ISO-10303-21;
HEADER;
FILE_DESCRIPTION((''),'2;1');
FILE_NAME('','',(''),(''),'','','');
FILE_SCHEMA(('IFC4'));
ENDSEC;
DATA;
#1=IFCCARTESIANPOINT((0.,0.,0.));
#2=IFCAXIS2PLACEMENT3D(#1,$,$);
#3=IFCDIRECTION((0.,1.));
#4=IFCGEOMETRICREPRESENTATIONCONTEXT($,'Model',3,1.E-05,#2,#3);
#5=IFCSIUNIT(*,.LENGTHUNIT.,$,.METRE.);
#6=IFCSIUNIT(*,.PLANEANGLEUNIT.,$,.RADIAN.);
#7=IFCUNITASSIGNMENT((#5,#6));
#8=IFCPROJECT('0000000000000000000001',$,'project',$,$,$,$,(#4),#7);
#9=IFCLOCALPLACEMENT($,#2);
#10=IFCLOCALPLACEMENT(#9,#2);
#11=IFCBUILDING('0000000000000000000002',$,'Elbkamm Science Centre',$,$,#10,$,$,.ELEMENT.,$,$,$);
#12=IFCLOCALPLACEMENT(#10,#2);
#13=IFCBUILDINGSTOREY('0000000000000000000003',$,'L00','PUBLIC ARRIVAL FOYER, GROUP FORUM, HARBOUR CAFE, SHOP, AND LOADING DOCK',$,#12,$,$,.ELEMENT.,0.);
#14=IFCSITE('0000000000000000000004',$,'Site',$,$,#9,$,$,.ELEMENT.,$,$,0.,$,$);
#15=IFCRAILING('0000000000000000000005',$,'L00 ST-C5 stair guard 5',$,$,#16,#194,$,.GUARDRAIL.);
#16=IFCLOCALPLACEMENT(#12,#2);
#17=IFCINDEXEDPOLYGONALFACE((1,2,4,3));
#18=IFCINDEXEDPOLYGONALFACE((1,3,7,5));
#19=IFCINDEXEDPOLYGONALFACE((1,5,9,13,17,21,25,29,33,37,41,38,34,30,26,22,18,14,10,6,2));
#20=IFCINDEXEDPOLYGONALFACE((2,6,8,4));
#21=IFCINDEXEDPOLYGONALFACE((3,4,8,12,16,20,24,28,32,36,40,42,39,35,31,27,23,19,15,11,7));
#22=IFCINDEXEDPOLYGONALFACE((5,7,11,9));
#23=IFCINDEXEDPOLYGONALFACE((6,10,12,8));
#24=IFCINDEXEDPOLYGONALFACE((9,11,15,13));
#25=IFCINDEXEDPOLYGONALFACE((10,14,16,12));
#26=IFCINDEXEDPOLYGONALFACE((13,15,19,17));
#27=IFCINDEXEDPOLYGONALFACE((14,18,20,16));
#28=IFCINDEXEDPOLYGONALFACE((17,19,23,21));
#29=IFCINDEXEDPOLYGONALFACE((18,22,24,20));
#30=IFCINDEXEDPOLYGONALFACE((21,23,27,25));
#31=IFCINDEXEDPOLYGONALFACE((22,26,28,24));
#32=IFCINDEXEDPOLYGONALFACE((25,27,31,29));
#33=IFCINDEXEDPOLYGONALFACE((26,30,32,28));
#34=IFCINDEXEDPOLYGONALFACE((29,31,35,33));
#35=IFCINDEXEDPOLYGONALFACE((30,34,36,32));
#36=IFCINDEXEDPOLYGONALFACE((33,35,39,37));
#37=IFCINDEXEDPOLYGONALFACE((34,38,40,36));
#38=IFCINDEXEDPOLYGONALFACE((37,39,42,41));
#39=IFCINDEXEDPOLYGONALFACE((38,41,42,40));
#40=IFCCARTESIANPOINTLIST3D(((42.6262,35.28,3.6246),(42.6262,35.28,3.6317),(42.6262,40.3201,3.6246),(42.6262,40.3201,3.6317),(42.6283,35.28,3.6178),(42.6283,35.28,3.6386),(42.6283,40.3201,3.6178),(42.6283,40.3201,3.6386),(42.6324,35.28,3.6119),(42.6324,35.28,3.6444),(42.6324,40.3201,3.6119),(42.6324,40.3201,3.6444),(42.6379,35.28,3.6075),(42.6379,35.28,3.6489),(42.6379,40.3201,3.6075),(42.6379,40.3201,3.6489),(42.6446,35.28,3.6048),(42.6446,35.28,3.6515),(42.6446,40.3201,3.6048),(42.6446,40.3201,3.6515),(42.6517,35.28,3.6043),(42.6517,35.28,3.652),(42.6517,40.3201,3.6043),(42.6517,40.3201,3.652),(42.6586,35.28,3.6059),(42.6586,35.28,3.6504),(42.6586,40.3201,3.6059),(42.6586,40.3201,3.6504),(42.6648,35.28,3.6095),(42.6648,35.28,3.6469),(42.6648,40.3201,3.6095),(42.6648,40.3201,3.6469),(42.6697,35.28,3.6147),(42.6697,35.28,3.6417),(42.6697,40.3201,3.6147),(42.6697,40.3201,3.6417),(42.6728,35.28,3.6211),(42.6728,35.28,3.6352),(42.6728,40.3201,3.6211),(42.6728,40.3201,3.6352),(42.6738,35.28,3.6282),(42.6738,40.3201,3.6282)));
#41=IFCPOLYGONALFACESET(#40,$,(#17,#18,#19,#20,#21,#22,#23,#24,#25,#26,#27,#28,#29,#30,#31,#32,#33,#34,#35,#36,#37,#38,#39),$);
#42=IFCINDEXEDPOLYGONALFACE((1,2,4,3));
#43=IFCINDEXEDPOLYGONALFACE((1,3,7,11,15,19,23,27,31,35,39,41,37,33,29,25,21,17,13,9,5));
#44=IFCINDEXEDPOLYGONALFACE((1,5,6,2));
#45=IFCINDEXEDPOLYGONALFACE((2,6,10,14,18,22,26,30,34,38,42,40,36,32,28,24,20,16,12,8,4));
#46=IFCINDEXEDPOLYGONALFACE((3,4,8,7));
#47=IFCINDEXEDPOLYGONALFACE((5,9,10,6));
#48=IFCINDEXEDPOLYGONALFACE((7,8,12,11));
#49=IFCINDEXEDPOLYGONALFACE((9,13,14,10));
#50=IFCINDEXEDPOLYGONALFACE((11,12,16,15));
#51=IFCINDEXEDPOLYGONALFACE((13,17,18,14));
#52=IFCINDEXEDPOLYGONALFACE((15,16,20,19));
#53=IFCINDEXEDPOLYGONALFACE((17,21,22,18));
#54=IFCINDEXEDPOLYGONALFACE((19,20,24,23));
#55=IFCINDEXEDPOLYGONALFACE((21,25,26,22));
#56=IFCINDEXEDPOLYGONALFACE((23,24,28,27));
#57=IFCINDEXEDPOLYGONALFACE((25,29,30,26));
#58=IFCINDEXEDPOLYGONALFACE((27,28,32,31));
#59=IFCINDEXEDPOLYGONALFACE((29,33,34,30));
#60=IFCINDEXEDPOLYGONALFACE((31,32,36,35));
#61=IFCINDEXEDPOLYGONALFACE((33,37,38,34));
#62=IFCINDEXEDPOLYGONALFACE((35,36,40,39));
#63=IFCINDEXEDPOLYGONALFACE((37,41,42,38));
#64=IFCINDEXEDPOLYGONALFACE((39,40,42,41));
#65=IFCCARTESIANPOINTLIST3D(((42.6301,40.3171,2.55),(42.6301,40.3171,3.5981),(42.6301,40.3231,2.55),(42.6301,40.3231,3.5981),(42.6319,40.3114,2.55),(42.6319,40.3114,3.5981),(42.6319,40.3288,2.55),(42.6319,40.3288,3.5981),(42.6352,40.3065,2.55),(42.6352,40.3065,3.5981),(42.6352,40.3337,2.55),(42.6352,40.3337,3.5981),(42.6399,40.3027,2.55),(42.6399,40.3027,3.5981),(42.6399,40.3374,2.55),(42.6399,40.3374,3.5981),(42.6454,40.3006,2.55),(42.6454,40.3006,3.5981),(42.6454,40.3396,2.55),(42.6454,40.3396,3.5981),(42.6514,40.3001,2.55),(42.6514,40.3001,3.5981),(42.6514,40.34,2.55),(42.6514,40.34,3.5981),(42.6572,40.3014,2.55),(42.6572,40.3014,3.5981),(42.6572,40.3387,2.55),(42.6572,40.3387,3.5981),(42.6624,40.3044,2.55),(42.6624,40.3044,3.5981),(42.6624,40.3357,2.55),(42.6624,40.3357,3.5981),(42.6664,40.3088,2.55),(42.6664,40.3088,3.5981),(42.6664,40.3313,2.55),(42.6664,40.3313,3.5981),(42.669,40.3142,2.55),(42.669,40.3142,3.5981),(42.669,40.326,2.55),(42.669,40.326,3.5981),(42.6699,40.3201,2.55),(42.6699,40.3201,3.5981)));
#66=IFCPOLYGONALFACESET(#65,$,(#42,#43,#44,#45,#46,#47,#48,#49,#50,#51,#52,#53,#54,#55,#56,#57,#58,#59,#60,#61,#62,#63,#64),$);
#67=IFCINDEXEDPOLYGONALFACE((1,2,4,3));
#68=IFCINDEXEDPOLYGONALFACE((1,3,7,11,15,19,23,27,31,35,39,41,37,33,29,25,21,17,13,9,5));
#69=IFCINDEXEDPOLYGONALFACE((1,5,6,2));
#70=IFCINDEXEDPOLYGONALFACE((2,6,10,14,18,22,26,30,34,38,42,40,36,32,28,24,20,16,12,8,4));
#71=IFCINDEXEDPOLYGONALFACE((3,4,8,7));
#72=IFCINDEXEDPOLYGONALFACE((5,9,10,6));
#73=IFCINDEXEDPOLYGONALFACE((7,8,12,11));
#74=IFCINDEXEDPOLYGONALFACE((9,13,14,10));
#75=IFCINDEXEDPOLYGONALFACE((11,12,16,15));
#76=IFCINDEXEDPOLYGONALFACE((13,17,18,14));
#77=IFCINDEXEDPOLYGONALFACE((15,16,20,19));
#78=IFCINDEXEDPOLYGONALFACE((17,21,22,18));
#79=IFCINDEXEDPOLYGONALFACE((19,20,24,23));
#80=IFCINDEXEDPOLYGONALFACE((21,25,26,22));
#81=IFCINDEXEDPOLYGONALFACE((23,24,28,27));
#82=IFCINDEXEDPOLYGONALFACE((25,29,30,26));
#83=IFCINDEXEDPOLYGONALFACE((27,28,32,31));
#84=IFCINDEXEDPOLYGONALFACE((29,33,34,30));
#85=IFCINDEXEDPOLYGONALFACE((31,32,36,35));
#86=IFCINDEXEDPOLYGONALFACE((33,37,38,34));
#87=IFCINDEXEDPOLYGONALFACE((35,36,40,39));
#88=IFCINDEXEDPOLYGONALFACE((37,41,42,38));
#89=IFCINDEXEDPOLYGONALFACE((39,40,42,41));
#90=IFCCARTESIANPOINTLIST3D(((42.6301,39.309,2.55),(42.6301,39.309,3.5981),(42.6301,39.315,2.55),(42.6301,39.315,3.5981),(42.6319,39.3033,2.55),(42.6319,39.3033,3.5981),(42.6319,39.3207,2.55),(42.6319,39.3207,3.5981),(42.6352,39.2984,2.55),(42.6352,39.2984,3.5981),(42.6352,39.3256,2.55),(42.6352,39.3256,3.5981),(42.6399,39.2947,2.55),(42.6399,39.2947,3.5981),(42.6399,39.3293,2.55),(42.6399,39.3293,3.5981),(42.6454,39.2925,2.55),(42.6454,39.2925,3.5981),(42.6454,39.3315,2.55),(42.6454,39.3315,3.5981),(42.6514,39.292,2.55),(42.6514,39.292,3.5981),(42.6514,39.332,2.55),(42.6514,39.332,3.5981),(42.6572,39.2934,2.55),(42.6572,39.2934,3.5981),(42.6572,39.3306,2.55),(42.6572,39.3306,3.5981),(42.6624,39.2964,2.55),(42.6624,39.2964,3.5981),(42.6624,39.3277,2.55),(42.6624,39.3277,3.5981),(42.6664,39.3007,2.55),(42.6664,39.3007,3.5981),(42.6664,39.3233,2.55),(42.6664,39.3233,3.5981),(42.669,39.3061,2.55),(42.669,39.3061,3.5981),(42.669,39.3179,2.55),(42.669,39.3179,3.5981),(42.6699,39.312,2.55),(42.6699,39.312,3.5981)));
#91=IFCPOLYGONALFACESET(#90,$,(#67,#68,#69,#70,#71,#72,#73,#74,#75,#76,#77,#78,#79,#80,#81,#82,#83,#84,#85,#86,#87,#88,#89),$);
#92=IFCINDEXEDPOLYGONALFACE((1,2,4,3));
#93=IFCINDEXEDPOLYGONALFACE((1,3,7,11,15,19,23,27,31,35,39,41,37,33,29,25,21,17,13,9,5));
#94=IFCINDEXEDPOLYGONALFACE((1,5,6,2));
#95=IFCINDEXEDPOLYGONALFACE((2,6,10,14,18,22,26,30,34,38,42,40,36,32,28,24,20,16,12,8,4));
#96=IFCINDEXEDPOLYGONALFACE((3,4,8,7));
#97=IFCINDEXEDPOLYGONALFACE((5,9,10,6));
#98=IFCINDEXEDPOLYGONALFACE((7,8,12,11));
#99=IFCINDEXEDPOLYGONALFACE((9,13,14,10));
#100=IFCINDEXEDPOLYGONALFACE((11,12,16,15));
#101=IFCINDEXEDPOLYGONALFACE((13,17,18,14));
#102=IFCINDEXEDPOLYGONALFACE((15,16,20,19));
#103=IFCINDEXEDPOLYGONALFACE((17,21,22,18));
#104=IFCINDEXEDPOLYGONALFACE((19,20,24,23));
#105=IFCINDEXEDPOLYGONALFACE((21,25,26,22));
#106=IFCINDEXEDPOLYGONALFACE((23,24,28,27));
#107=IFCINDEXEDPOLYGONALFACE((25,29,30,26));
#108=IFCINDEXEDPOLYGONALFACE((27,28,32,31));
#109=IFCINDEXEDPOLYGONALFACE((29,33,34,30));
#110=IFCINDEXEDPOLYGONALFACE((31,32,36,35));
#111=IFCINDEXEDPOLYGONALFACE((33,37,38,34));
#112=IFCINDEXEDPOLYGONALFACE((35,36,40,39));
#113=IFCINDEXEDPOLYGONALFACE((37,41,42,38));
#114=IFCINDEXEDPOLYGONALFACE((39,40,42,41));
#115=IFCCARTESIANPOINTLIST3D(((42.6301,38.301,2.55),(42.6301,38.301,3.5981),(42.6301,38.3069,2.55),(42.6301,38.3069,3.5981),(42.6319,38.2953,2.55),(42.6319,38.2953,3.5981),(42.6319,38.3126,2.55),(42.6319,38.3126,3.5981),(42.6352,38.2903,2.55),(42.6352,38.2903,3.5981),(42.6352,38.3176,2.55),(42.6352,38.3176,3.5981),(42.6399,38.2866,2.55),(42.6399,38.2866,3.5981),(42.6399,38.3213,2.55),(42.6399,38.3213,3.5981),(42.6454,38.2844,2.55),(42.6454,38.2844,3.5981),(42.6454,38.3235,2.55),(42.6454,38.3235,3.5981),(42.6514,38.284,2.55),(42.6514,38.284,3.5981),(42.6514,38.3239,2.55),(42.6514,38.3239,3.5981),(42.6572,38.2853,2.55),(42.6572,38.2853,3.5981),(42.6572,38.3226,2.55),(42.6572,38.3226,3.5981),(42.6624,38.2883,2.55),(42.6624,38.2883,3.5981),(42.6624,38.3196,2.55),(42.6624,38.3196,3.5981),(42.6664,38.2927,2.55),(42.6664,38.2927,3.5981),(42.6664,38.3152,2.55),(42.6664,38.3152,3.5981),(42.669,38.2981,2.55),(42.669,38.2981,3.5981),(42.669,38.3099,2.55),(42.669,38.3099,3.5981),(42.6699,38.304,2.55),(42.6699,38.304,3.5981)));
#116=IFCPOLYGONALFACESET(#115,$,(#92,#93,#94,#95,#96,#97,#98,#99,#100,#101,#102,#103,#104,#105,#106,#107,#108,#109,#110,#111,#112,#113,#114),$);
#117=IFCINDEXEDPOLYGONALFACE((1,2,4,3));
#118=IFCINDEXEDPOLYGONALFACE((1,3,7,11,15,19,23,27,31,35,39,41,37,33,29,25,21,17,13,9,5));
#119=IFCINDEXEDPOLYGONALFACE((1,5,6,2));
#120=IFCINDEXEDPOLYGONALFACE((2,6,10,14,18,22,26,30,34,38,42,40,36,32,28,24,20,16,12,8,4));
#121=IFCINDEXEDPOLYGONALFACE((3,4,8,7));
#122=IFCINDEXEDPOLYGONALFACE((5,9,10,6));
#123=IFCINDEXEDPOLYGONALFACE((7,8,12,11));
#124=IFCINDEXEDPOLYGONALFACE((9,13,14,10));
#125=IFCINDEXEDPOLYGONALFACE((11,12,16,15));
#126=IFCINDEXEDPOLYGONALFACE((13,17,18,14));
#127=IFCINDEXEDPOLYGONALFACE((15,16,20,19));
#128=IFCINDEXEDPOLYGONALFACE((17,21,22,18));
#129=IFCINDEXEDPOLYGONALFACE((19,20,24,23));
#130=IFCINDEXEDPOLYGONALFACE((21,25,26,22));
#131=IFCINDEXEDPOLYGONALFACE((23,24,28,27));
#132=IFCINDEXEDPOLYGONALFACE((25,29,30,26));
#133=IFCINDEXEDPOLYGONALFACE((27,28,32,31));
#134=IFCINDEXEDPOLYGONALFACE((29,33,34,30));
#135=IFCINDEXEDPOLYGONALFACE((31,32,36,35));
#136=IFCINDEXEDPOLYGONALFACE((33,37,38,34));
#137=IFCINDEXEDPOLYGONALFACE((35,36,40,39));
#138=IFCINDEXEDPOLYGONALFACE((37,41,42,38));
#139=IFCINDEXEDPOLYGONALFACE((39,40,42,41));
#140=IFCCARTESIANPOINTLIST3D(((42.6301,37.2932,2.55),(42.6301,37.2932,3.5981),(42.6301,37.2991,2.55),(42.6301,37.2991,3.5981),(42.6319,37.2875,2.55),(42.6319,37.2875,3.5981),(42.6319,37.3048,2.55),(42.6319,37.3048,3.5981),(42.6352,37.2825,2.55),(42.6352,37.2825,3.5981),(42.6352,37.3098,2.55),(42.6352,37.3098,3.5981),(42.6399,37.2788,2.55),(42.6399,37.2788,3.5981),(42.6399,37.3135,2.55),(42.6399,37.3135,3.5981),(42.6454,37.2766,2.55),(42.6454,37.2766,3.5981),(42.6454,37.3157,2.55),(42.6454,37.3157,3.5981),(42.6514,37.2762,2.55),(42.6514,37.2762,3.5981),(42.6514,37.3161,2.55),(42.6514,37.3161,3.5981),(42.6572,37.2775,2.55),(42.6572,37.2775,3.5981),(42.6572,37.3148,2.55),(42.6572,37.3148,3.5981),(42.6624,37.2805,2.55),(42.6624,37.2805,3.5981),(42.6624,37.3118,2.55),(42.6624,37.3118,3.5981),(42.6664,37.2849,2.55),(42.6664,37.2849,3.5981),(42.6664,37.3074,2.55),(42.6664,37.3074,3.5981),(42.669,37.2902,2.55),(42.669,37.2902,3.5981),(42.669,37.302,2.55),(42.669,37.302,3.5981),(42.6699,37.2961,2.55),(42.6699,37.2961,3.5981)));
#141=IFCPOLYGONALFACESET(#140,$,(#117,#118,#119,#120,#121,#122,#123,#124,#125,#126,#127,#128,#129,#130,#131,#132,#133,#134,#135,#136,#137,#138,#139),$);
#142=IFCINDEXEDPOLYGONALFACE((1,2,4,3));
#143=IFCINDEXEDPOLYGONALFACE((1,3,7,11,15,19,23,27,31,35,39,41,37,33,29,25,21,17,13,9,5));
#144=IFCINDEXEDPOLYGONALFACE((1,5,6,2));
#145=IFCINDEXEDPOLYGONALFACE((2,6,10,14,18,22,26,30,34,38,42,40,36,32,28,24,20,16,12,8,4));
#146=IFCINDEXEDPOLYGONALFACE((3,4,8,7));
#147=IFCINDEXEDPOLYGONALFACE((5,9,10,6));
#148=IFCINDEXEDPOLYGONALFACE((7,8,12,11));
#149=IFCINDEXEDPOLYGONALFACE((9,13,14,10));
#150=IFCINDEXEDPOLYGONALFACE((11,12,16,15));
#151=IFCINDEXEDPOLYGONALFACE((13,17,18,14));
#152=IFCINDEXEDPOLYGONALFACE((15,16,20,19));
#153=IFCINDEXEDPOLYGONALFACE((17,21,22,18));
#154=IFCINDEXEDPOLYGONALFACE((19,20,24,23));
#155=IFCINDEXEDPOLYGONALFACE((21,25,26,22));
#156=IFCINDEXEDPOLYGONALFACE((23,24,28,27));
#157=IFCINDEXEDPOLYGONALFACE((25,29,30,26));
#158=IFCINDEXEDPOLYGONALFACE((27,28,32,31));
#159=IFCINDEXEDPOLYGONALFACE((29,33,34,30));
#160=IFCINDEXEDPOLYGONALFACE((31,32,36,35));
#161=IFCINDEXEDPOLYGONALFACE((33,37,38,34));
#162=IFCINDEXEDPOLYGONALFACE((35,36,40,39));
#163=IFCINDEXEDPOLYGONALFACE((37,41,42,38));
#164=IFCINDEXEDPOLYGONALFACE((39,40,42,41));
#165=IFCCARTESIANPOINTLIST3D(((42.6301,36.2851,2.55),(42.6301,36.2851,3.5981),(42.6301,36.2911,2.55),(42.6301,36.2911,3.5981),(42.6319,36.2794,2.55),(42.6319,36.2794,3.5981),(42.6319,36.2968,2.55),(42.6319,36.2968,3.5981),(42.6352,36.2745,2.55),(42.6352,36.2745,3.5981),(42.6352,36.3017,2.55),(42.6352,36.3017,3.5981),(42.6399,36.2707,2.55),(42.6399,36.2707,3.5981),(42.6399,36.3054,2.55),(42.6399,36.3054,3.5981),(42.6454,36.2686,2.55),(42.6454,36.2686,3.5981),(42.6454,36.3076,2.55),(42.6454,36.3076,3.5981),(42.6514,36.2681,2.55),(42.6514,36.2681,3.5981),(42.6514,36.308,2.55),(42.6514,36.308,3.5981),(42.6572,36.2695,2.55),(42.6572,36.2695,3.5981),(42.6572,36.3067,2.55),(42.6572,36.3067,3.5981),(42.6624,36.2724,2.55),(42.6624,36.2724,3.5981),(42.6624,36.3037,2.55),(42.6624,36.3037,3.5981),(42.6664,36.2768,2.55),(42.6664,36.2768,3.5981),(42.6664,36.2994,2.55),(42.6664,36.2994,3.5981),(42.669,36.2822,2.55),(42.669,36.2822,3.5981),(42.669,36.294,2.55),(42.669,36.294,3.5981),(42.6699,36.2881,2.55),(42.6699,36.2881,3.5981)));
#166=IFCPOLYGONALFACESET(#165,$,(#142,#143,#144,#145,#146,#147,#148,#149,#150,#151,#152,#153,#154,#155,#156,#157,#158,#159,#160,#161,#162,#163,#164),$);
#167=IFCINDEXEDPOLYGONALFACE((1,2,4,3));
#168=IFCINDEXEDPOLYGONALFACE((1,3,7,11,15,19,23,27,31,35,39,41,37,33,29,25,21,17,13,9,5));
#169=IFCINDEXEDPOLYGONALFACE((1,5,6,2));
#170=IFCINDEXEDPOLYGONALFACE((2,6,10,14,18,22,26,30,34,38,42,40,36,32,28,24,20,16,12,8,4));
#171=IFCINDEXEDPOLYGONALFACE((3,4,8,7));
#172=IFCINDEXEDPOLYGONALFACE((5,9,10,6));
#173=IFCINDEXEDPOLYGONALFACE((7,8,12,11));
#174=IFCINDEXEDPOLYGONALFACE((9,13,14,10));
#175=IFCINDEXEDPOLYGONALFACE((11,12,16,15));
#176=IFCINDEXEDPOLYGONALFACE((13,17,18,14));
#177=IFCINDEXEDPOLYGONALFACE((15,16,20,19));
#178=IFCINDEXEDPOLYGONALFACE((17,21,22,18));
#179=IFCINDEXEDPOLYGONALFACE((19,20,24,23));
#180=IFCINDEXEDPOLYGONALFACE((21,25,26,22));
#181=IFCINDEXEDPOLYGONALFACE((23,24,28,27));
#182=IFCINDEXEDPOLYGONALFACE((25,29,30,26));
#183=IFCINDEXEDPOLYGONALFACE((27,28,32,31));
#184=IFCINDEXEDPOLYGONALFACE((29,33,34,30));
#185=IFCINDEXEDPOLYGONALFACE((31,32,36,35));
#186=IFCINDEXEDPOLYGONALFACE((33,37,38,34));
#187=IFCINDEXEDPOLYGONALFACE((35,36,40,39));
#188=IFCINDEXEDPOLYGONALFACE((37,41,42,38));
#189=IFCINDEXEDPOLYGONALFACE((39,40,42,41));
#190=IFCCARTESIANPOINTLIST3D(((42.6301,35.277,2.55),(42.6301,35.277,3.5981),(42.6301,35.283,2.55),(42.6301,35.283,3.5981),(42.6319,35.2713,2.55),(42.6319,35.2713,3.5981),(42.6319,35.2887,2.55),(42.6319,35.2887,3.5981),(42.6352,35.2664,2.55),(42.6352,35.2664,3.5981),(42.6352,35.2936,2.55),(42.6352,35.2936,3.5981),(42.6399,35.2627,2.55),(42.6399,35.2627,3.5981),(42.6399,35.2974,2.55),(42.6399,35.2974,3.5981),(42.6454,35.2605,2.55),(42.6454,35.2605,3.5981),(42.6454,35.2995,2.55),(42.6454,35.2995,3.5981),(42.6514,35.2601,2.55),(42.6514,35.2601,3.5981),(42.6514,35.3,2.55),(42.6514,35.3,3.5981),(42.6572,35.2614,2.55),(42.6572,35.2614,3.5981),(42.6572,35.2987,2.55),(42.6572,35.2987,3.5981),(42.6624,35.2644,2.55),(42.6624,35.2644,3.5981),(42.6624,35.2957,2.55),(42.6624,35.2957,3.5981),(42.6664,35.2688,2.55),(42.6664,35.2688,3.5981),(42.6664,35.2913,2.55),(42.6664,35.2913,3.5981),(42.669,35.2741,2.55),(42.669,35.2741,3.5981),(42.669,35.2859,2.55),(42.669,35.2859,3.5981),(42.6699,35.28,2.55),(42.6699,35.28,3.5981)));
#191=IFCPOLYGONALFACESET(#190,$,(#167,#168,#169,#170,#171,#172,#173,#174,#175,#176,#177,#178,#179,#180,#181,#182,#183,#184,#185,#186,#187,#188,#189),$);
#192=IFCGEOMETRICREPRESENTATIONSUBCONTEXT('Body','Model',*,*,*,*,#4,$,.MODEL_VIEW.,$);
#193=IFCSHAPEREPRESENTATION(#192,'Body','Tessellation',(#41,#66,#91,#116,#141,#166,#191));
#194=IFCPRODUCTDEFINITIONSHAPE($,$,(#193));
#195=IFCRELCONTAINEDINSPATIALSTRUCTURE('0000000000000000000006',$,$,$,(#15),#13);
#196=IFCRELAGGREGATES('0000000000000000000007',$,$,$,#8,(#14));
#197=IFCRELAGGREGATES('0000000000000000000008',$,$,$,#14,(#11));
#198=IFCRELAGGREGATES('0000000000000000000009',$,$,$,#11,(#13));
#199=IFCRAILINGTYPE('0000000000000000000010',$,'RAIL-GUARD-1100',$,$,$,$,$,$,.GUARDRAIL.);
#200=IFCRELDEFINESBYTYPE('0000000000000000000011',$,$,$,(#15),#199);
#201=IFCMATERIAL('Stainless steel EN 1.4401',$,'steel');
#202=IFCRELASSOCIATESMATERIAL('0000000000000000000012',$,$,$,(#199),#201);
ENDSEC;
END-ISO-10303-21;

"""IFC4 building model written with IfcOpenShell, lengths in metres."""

from ifc_helpers import new_model, si_unit, direction, frame, origin, origin_2d, place, context, subcontext, project, spatial, circle, extrude, material, type_object, element, save


model = new_model("IFC4")

# Units and contexts
model_context = context("Model", 3, precision=1e-05, world=origin(), true_north=direction((0.0, 1.0)))
body_context = subcontext(model_context, "Body", "Model", "MODEL_VIEW")
ifc_project = project(units=[si_unit("LENGTHUNIT", "METRE"), si_unit("PLANEANGLEUNIT", "RADIAN")], contexts=[model_context])

# Site, building, storey
site_placement = place(None, origin())
site = spatial("IfcSite", under=ifc_project, at=site_placement, Name="Site", CompositionType="ELEMENT", RefElevation=0.0)
building_placement = place(site_placement, origin())
building = spatial("IfcBuilding", under=site, at=building_placement, Name="Elbkamm Science Centre", CompositionType="ELEMENT")
storey_placement = place(building_placement, origin())
storey = spatial("IfcBuildingStorey", under=building, at=storey_placement, Name="L00", Description="PUBLIC ARRIVAL FOYER, GROUP FORUM, HARBOUR CAFE, SHOP, AND LOADING DOCK", CompositionType="ELEMENT", Elevation=0.0)

# Railing
ifc_material_1 = material(Name="Stainless steel EN 1.4401", Category="steel")
railing_type_1 = type_object("IfcRailingType", Name="RAIL-GUARD-1100", PredefinedType="GUARDRAIL", material=ifc_material_1)
railing_1_placement = place(storey_placement, frame((42.6499, 40.3201, 2.55)))
element("IfcRailing", 1, at=railing_1_placement, inside=storey, type_object=railing_type_1, Name="L00 ST-C5 stair guard 5", PredefinedType="GUARDRAIL", context=body_context, shape_type="SweptSolid", body=[
    extrude(circle(Radius=0.0239, at=origin_2d()), frame((0.0, 0.0, 1.0781), z_axis=(0.0, -1.0, 0.0), x_axis=(1.0, 0.0, 0.0)), (0.0, 0.0, 1.0), 5.04),
    extrude(circle(Radius=0.02, at=origin_2d()), origin(), (0.0, 0.0, 1.0), 1.0481),
    extrude(circle(Radius=0.02, at=origin_2d()), frame((0.0, -1.0081, 0.0)), (0.0, 0.0, 1.0), 1.0481),
    extrude(circle(Radius=0.02, at=origin_2d()), frame((0.0, -2.0161, 0.0)), (0.0, 0.0, 1.0), 1.0481),
    extrude(circle(Radius=0.02, at=origin_2d()), frame((0.0, -3.0239, 0.0)), (0.0, 0.0, 1.0), 1.0481),
    extrude(circle(Radius=0.02, at=origin_2d()), frame((0.0, -4.032, 0.0)), (0.0, 0.0, 1.0), 1.0481),
    extrude(circle(Radius=0.02, at=origin_2d()), frame((0.0, -5.04, 0.0)), (0.0, 0.0, 1.0), 1.0481),
])

save(model, "model.ifc")
